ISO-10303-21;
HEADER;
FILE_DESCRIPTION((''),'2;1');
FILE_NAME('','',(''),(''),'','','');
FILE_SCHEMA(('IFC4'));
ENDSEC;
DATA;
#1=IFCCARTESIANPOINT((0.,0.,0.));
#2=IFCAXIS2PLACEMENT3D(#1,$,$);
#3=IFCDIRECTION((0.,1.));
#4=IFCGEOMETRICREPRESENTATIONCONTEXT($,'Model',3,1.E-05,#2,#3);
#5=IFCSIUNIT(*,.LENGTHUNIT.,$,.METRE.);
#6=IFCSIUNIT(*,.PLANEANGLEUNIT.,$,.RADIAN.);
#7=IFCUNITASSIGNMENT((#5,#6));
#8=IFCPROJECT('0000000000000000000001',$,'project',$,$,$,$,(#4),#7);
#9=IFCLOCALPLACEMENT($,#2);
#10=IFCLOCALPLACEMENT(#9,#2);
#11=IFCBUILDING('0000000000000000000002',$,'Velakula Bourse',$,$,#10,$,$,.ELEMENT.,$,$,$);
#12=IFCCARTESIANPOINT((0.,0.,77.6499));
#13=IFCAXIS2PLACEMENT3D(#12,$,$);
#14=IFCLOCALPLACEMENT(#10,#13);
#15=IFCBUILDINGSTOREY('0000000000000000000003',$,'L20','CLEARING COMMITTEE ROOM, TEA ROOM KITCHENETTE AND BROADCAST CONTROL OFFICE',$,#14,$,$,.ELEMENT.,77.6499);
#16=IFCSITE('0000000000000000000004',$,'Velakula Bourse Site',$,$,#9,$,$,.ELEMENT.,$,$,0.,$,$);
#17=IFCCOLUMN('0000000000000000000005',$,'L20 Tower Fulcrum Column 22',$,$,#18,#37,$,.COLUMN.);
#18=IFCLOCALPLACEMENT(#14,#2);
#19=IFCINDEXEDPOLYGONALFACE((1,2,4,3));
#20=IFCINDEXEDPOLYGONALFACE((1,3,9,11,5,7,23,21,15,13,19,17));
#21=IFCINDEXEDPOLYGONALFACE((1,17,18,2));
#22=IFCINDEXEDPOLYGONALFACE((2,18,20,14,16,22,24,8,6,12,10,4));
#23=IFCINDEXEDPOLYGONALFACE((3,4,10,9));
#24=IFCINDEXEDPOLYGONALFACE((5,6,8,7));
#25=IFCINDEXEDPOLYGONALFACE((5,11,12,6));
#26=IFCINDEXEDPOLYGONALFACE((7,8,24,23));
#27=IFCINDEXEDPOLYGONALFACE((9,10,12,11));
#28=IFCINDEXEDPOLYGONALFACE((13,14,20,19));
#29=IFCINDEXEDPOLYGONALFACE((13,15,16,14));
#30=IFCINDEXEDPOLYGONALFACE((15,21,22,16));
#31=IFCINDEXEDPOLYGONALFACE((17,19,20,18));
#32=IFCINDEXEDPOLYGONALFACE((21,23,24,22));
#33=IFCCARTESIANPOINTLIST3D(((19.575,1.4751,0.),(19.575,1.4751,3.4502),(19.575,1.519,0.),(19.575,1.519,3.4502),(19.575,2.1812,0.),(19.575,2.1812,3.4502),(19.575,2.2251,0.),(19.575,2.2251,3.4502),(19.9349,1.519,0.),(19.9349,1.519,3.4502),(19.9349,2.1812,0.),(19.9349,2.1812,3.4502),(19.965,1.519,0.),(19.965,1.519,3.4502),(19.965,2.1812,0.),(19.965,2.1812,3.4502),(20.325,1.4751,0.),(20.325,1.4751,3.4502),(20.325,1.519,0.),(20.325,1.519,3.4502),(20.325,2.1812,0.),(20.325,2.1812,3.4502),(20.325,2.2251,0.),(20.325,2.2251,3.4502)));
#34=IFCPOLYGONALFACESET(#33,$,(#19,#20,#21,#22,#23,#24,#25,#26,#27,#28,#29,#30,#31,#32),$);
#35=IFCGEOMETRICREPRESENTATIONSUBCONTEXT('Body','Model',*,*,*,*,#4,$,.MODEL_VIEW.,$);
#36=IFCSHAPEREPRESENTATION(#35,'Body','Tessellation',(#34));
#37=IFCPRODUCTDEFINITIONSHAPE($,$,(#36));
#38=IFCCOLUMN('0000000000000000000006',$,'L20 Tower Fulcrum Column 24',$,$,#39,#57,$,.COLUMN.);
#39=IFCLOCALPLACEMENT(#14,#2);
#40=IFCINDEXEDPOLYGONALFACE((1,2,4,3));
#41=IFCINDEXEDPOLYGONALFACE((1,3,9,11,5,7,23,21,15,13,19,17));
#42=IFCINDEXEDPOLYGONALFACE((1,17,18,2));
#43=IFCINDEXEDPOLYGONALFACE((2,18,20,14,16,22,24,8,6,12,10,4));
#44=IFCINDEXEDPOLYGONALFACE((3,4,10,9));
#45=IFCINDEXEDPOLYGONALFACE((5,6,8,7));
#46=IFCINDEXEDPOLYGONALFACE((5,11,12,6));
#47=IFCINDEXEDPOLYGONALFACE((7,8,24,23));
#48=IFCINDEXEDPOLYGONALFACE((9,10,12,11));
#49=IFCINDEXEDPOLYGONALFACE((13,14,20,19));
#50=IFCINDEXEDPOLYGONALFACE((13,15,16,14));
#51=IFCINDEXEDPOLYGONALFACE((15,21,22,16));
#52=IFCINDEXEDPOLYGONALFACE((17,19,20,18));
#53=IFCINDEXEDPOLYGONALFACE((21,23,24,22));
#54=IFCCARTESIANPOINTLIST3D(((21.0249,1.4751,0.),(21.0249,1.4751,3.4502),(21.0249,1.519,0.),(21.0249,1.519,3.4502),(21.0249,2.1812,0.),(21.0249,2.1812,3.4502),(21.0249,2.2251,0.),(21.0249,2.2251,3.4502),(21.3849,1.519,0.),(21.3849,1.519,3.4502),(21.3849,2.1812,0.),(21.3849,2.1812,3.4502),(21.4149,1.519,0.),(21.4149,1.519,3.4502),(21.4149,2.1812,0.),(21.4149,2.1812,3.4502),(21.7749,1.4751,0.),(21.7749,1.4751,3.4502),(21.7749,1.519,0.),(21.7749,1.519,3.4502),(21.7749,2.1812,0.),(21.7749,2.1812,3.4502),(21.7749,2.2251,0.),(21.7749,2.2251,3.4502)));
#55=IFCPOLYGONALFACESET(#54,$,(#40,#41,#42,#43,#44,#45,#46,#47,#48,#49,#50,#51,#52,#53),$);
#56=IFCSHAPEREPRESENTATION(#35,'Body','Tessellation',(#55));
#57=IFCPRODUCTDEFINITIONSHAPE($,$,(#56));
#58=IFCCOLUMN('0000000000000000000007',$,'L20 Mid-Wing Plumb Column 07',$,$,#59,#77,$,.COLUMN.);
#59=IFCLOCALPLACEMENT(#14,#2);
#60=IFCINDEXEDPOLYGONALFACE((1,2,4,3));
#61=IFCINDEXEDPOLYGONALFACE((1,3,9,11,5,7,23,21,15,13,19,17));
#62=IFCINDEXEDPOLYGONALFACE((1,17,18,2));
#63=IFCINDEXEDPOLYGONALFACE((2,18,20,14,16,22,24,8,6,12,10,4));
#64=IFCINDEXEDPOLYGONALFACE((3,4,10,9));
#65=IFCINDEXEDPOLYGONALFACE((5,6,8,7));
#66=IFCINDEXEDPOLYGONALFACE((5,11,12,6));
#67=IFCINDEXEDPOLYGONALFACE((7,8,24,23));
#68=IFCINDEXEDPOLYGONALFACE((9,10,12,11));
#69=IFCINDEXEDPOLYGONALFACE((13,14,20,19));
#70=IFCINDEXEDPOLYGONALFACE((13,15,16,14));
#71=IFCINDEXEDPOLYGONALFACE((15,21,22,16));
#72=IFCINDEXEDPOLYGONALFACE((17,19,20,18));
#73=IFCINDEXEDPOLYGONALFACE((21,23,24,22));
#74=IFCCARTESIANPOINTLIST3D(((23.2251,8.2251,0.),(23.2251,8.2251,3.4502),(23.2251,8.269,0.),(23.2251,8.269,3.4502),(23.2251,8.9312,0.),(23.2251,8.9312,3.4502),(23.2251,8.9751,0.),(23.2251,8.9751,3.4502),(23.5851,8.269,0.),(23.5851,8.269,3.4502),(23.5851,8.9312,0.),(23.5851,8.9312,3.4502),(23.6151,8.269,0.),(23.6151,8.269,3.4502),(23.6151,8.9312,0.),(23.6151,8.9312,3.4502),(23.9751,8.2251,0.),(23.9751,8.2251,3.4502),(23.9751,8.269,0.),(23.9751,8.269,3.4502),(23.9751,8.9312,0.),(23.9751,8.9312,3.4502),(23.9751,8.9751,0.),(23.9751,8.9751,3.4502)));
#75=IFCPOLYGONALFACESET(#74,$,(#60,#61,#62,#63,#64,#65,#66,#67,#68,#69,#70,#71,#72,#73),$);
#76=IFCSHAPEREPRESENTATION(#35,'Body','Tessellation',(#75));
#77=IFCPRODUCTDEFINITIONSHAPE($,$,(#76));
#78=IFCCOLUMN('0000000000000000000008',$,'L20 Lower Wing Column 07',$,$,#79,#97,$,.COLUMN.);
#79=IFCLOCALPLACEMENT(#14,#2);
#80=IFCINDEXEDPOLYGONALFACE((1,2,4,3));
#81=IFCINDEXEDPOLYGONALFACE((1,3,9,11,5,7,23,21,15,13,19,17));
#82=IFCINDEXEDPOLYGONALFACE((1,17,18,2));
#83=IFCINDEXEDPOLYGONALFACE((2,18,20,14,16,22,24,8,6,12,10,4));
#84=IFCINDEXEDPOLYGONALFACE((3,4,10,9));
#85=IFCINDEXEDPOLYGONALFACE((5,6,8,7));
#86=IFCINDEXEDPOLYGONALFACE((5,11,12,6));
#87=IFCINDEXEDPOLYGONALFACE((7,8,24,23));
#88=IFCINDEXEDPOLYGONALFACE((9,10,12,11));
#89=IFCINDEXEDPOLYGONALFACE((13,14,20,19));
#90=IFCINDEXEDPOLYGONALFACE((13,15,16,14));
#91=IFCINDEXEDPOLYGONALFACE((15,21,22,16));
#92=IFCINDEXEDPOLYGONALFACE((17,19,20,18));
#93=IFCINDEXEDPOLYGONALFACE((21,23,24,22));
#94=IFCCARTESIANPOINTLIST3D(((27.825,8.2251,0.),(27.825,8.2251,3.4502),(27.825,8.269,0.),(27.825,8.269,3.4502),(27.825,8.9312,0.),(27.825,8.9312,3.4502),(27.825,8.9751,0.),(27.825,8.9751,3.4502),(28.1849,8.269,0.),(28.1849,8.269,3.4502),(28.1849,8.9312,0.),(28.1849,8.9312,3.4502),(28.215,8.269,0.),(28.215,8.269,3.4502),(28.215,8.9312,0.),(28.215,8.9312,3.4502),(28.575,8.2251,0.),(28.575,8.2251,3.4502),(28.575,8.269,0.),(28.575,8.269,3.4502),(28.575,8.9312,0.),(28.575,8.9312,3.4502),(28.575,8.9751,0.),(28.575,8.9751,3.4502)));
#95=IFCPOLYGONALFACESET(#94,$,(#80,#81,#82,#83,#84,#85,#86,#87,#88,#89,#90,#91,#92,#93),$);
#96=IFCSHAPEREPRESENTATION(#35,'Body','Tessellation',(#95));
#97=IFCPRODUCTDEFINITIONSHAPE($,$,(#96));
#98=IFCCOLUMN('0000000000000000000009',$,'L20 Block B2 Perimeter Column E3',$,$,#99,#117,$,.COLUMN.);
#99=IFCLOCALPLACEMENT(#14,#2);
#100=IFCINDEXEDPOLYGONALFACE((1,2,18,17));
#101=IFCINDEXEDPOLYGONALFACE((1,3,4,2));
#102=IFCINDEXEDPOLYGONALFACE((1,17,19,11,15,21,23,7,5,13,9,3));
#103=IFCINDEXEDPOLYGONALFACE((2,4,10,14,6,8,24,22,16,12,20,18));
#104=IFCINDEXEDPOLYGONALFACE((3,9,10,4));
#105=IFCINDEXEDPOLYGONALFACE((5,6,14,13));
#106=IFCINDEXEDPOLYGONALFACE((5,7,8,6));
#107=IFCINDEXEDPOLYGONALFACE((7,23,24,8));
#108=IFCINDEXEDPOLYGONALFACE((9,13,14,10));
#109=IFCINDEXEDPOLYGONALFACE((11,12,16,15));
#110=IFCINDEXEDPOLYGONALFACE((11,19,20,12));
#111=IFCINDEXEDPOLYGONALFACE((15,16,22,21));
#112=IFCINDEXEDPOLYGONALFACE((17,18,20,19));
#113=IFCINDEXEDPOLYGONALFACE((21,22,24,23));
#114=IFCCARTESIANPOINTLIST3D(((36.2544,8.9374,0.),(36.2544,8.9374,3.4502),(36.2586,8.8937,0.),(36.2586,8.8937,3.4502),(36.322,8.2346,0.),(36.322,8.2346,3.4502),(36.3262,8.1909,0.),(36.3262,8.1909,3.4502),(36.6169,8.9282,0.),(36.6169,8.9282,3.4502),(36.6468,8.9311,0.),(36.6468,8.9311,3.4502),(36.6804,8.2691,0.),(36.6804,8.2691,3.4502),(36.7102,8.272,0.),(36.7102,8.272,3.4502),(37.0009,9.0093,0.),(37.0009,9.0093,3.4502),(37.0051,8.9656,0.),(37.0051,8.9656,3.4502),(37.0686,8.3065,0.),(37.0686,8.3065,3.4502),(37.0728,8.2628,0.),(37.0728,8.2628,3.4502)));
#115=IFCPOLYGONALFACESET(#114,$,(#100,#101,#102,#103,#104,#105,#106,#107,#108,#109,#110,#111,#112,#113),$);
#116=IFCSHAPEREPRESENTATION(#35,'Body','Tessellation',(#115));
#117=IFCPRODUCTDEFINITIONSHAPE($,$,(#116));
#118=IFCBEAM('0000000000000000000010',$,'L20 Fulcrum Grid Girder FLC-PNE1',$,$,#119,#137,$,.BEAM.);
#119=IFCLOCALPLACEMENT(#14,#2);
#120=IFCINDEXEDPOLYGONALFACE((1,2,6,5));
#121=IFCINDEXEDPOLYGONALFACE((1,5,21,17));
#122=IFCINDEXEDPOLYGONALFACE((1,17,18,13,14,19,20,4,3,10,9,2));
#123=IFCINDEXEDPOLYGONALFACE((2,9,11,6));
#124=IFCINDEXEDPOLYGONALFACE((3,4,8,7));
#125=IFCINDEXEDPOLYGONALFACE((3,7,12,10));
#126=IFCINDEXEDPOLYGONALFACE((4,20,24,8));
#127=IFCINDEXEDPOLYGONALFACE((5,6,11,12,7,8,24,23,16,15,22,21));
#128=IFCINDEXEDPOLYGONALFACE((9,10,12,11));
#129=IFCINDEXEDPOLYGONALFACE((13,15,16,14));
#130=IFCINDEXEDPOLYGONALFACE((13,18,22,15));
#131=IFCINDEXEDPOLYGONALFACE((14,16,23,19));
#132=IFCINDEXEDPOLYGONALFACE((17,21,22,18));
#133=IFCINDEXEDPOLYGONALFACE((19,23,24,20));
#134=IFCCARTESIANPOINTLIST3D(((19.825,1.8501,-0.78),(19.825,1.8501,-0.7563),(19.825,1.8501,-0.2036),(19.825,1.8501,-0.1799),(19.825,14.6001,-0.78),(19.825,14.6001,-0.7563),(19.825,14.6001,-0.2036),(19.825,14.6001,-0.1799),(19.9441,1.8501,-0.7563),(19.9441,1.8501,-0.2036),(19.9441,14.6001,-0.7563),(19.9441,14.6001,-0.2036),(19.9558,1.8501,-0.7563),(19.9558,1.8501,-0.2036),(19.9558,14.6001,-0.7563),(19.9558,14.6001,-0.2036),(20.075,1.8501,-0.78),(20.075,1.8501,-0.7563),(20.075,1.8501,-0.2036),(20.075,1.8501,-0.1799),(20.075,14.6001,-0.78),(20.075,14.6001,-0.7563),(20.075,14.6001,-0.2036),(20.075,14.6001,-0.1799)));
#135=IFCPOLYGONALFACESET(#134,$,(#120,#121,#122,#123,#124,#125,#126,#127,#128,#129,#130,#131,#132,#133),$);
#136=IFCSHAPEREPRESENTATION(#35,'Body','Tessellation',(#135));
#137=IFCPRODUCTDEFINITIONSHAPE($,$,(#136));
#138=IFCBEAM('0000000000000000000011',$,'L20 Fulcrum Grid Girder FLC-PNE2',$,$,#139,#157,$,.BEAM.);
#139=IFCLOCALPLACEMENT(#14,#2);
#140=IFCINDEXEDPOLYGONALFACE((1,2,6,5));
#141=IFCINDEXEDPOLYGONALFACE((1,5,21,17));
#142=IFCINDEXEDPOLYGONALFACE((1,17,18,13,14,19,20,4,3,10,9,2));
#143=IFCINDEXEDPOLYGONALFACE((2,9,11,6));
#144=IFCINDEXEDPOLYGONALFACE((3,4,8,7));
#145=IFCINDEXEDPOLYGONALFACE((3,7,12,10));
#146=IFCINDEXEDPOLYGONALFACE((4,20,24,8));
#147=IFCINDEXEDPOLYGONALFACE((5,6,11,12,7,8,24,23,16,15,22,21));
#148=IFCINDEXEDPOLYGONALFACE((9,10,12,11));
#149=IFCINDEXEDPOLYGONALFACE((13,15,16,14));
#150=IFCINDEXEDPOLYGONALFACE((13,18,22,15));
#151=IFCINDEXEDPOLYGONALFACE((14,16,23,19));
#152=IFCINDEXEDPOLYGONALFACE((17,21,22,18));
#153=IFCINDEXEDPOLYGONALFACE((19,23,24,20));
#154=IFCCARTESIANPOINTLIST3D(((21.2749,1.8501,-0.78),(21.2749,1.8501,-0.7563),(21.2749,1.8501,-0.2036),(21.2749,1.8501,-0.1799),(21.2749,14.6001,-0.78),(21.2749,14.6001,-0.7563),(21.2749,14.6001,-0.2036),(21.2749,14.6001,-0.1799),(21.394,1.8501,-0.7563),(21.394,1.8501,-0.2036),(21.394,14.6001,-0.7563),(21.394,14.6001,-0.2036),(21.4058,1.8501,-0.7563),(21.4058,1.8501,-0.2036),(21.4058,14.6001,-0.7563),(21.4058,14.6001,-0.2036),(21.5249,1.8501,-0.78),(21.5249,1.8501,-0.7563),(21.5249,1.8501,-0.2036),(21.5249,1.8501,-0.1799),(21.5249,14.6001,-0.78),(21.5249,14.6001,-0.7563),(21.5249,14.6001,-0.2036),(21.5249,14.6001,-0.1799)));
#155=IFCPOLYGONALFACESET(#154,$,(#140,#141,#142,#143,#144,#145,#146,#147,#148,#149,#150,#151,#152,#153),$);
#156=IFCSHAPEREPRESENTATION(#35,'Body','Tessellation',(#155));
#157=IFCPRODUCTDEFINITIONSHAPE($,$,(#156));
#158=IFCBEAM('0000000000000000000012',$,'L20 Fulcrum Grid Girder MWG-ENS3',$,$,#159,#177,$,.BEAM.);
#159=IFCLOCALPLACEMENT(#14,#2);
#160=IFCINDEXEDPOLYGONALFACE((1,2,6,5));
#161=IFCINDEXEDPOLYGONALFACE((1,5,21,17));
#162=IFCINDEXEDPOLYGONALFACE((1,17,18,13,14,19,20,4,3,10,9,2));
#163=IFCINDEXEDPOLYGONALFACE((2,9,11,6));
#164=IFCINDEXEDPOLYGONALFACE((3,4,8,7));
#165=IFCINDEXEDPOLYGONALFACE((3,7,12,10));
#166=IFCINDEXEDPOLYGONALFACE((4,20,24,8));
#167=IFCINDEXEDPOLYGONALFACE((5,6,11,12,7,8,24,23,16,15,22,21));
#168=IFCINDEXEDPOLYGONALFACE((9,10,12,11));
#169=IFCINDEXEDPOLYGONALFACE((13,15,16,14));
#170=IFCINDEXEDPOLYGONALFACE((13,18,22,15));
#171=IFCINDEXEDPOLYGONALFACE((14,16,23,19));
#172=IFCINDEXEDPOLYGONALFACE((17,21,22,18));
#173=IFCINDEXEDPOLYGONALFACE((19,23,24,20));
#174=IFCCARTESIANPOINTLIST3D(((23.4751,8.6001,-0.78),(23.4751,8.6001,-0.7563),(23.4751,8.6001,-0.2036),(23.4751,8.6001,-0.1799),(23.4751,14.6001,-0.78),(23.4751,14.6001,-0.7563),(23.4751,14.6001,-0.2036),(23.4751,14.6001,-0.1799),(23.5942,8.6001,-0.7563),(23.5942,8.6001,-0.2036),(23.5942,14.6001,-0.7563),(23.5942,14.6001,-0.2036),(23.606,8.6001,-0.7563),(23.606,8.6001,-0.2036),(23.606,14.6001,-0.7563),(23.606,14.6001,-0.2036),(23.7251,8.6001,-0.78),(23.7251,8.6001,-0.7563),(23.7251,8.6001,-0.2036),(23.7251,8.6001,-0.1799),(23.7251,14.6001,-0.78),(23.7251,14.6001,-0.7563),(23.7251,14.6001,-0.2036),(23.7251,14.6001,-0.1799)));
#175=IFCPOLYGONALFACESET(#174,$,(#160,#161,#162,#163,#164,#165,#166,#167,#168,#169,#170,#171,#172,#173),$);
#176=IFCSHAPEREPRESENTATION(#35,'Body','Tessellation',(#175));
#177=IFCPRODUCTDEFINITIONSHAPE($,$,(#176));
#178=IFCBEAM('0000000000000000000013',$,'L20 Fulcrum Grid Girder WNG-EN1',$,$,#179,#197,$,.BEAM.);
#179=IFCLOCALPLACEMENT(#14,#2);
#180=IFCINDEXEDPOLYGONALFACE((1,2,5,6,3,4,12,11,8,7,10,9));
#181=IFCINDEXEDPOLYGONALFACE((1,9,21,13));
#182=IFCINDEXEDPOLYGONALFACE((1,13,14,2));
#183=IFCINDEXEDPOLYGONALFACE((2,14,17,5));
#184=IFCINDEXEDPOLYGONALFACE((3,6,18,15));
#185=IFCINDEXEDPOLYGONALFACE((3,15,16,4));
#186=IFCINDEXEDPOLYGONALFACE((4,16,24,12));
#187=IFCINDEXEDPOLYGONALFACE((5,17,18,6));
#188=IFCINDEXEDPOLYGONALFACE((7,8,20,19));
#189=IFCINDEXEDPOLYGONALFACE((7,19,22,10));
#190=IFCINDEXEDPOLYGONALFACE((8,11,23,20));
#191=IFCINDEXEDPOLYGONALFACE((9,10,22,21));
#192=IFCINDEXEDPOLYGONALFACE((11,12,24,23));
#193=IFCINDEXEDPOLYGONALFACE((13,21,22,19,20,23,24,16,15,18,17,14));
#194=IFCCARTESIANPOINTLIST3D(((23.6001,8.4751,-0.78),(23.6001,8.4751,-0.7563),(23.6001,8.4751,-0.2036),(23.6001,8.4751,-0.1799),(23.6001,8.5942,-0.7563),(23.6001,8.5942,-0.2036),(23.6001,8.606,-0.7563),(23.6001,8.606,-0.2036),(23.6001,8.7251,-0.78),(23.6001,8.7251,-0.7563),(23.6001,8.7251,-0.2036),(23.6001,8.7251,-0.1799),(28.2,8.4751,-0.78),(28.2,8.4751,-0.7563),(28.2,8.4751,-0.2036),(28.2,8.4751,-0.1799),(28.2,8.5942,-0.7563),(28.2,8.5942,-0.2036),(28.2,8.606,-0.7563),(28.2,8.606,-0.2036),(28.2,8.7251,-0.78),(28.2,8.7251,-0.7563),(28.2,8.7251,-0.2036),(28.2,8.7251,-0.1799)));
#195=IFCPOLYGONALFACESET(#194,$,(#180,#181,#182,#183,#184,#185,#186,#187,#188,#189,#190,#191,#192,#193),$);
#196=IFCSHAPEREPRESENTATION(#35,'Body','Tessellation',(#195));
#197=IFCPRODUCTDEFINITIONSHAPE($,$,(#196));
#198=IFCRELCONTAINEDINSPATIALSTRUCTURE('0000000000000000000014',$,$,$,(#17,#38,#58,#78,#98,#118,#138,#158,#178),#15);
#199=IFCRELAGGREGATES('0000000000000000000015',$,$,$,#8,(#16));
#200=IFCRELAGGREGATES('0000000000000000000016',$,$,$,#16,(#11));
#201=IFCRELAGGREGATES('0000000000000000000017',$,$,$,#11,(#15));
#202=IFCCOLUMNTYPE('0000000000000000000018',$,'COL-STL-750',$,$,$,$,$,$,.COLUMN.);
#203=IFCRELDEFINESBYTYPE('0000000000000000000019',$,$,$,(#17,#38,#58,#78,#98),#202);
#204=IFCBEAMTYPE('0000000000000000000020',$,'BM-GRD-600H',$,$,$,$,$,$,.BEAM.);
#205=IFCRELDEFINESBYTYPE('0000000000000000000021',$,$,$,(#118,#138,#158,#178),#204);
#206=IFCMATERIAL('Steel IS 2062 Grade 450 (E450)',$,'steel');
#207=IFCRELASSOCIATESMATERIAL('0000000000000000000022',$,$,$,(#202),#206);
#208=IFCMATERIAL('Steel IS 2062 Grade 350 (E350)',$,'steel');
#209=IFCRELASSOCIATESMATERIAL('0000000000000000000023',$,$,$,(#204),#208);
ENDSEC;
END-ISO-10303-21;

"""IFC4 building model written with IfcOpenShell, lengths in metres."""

from ifc_helpers import new_model, si_unit, direction, frame, origin, origin_2d, place, context, subcontext, project, spatial, i_section, extrude, material, material_profile, profile_set, type_object, element, save


model = new_model("IFC4")

# Units and contexts
model_context = context("Model", 3, precision=1e-05, world=origin(), true_north=direction((0.0, 1.0)))
body_context = subcontext(model_context, "Body", "Model", "MODEL_VIEW")
ifc_project = project(units=[si_unit("LENGTHUNIT", "METRE"), si_unit("PLANEANGLEUNIT", "RADIAN")], contexts=[model_context])

# Site, building, storey
site_placement = place(None, origin())
site = spatial("IfcSite", under=ifc_project, at=site_placement, Name="Velakula Bourse Site", CompositionType="ELEMENT", RefElevation=0.0)
building_placement = place(site_placement, origin())
building = spatial("IfcBuilding", under=site, at=building_placement, Name="Velakula Bourse", CompositionType="ELEMENT")
storey_placement = place(building_placement, frame((0.0, 0.0, 77.6499)))
storey = spatial("IfcBuildingStorey", under=building, at=storey_placement, Name="L20", Description="CLEARING COMMITTEE ROOM, TEA ROOM KITCHENETTE AND BROADCAST CONTROL OFFICE", CompositionType="ELEMENT", Elevation=77.6499)

# Columns
ifc_material_1 = material(Name="Steel IS 2062 Grade 450 (E450)", Category="steel")
ifc_material_profile_1 = material_profile(ifc_material_1, i_section(OverallWidth=0.75, OverallDepth=0.75, WebThickness=0.03, FlangeThickness=0.0439, at=origin_2d()), Name="Steel IS 2062 Grade 450 (E450)")
ifc_profile_set_1 = profile_set([ifc_material_profile_1], Name="Steel IS 2062 Grade 450 (E450)")
column_type = type_object("IfcColumnType", Name="COL-STL-750", PredefinedType="COLUMN", material=ifc_profile_set_1)
for number, where, z_axis, x_axis, name in (
    (1, (19.95, 1.8501, 0.0), (0.0, 0.0, 1.0), (1.0, 0.0, 0.0), "L20 Tower Fulcrum Column 22"),
    (2, (21.3999, 1.8501, 0.0), (0.0, 0.0, 1.0), (1.0, 0.0, 0.0), "L20 Tower Fulcrum Column 24"),
    (3, (23.6001, 8.6001, 0.0), (0.0, 0.0, 1.0), (1.0, 0.0, 0.0), "L20 Mid-Wing Plumb Column 07"),
    (4, (28.2, 8.6001, 0.0), (0.0, 0.0, 1.0), (1.0, 0.0, 0.0), "L20 Lower Wing Column 07"),
    (5, (36.6636, 8.6001, 0.0), (0.0, 0.0, 1.0), (0.995396, 0.095846, 0.0), "L20 Block B2 Perimeter Column E3"),
):
    element("IfcColumn", number, at=place(storey_placement, frame(where, z_axis=z_axis, x_axis=x_axis)), inside=storey, type_object=column_type, Name=name, PredefinedType="COLUMN", context=body_context, shape_type="SweptSolid", body=[
        extrude(i_section(OverallWidth=0.75, OverallDepth=0.75, WebThickness=0.03, FlangeThickness=0.0439, at=origin_2d()), origin(), (0.0, 0.0, 1.0), 3.4502),
    ])

# Beams
ifc_material_2 = material(Name="Steel IS 2062 Grade 350 (E350)", Category="steel")
ifc_material_profile_2 = material_profile(ifc_material_2, i_section(OverallWidth=0.25, OverallDepth=0.6001, WebThickness=0.0117, FlangeThickness=0.0237, at=origin_2d()), Name="Steel IS 2062 Grade 350 (E350)")
ifc_profile_set_2 = profile_set([ifc_material_profile_2], Name="Steel IS 2062 Grade 350 (E350)")
beam_type_1 = type_object("IfcBeamType", Name="BM-GRD-600H", PredefinedType="BEAM", material=ifc_profile_set_2)
for number, where, z_axis, x_axis, name in (
    (6, (19.95, 1.8501, -0.48), (0.0, 1.0, 0.0), (-1.0, 0.0, 0.0), "L20 Fulcrum Grid Girder FLC-PNE1"),
    (7, (21.3999, 1.8501, -0.48), (0.0, 1.0, 0.0), (-1.0, 0.0, 0.0), "L20 Fulcrum Grid Girder FLC-PNE2"),
):
    element("IfcBeam", number, at=place(storey_placement, frame(where, z_axis=z_axis, x_axis=x_axis)), inside=storey, type_object=beam_type_1, Name=name, PredefinedType="BEAM", context=body_context, shape_type="SweptSolid", body=[
        extrude(i_section(OverallWidth=0.25, OverallDepth=0.6001, WebThickness=0.0117, FlangeThickness=0.0237, at=origin_2d()), origin(), (0.0, 0.0, 1.0), 12.75),
    ])
beam_1_placement = place(storey_placement, frame((23.6001, 8.6001, -0.48), z_axis=(0.0, 1.0, 0.0), x_axis=(-1.0, 0.0, 0.0)))
element("IfcBeam", 8, at=beam_1_placement, inside=storey, type_object=beam_type_1, Name="L20 Fulcrum Grid Girder MWG-ENS3", PredefinedType="BEAM", context=body_context, shape_type="SweptSolid", body=[
    extrude(i_section(OverallWidth=0.25, OverallDepth=0.6001, WebThickness=0.0117, FlangeThickness=0.0237, at=origin_2d()), origin(), (0.0, 0.0, 1.0), 6.0),
])
beam_2_placement = place(storey_placement, frame((23.6001, 8.6001, -0.48), z_axis=(1.0, 0.0, 0.0), x_axis=(0.0, 1.0, 0.0)))
element("IfcBeam", 9, at=beam_2_placement, inside=storey, type_object=beam_type_1, Name="L20 Fulcrum Grid Girder WNG-EN1", PredefinedType="BEAM", context=body_context, shape_type="SweptSolid", body=[
    extrude(i_section(OverallWidth=0.25, OverallDepth=0.6001, WebThickness=0.0117, FlangeThickness=0.0237, at=origin_2d()), origin(), (0.0, 0.0, 1.0), 4.5999),
])

save(model, "model.ifc")
